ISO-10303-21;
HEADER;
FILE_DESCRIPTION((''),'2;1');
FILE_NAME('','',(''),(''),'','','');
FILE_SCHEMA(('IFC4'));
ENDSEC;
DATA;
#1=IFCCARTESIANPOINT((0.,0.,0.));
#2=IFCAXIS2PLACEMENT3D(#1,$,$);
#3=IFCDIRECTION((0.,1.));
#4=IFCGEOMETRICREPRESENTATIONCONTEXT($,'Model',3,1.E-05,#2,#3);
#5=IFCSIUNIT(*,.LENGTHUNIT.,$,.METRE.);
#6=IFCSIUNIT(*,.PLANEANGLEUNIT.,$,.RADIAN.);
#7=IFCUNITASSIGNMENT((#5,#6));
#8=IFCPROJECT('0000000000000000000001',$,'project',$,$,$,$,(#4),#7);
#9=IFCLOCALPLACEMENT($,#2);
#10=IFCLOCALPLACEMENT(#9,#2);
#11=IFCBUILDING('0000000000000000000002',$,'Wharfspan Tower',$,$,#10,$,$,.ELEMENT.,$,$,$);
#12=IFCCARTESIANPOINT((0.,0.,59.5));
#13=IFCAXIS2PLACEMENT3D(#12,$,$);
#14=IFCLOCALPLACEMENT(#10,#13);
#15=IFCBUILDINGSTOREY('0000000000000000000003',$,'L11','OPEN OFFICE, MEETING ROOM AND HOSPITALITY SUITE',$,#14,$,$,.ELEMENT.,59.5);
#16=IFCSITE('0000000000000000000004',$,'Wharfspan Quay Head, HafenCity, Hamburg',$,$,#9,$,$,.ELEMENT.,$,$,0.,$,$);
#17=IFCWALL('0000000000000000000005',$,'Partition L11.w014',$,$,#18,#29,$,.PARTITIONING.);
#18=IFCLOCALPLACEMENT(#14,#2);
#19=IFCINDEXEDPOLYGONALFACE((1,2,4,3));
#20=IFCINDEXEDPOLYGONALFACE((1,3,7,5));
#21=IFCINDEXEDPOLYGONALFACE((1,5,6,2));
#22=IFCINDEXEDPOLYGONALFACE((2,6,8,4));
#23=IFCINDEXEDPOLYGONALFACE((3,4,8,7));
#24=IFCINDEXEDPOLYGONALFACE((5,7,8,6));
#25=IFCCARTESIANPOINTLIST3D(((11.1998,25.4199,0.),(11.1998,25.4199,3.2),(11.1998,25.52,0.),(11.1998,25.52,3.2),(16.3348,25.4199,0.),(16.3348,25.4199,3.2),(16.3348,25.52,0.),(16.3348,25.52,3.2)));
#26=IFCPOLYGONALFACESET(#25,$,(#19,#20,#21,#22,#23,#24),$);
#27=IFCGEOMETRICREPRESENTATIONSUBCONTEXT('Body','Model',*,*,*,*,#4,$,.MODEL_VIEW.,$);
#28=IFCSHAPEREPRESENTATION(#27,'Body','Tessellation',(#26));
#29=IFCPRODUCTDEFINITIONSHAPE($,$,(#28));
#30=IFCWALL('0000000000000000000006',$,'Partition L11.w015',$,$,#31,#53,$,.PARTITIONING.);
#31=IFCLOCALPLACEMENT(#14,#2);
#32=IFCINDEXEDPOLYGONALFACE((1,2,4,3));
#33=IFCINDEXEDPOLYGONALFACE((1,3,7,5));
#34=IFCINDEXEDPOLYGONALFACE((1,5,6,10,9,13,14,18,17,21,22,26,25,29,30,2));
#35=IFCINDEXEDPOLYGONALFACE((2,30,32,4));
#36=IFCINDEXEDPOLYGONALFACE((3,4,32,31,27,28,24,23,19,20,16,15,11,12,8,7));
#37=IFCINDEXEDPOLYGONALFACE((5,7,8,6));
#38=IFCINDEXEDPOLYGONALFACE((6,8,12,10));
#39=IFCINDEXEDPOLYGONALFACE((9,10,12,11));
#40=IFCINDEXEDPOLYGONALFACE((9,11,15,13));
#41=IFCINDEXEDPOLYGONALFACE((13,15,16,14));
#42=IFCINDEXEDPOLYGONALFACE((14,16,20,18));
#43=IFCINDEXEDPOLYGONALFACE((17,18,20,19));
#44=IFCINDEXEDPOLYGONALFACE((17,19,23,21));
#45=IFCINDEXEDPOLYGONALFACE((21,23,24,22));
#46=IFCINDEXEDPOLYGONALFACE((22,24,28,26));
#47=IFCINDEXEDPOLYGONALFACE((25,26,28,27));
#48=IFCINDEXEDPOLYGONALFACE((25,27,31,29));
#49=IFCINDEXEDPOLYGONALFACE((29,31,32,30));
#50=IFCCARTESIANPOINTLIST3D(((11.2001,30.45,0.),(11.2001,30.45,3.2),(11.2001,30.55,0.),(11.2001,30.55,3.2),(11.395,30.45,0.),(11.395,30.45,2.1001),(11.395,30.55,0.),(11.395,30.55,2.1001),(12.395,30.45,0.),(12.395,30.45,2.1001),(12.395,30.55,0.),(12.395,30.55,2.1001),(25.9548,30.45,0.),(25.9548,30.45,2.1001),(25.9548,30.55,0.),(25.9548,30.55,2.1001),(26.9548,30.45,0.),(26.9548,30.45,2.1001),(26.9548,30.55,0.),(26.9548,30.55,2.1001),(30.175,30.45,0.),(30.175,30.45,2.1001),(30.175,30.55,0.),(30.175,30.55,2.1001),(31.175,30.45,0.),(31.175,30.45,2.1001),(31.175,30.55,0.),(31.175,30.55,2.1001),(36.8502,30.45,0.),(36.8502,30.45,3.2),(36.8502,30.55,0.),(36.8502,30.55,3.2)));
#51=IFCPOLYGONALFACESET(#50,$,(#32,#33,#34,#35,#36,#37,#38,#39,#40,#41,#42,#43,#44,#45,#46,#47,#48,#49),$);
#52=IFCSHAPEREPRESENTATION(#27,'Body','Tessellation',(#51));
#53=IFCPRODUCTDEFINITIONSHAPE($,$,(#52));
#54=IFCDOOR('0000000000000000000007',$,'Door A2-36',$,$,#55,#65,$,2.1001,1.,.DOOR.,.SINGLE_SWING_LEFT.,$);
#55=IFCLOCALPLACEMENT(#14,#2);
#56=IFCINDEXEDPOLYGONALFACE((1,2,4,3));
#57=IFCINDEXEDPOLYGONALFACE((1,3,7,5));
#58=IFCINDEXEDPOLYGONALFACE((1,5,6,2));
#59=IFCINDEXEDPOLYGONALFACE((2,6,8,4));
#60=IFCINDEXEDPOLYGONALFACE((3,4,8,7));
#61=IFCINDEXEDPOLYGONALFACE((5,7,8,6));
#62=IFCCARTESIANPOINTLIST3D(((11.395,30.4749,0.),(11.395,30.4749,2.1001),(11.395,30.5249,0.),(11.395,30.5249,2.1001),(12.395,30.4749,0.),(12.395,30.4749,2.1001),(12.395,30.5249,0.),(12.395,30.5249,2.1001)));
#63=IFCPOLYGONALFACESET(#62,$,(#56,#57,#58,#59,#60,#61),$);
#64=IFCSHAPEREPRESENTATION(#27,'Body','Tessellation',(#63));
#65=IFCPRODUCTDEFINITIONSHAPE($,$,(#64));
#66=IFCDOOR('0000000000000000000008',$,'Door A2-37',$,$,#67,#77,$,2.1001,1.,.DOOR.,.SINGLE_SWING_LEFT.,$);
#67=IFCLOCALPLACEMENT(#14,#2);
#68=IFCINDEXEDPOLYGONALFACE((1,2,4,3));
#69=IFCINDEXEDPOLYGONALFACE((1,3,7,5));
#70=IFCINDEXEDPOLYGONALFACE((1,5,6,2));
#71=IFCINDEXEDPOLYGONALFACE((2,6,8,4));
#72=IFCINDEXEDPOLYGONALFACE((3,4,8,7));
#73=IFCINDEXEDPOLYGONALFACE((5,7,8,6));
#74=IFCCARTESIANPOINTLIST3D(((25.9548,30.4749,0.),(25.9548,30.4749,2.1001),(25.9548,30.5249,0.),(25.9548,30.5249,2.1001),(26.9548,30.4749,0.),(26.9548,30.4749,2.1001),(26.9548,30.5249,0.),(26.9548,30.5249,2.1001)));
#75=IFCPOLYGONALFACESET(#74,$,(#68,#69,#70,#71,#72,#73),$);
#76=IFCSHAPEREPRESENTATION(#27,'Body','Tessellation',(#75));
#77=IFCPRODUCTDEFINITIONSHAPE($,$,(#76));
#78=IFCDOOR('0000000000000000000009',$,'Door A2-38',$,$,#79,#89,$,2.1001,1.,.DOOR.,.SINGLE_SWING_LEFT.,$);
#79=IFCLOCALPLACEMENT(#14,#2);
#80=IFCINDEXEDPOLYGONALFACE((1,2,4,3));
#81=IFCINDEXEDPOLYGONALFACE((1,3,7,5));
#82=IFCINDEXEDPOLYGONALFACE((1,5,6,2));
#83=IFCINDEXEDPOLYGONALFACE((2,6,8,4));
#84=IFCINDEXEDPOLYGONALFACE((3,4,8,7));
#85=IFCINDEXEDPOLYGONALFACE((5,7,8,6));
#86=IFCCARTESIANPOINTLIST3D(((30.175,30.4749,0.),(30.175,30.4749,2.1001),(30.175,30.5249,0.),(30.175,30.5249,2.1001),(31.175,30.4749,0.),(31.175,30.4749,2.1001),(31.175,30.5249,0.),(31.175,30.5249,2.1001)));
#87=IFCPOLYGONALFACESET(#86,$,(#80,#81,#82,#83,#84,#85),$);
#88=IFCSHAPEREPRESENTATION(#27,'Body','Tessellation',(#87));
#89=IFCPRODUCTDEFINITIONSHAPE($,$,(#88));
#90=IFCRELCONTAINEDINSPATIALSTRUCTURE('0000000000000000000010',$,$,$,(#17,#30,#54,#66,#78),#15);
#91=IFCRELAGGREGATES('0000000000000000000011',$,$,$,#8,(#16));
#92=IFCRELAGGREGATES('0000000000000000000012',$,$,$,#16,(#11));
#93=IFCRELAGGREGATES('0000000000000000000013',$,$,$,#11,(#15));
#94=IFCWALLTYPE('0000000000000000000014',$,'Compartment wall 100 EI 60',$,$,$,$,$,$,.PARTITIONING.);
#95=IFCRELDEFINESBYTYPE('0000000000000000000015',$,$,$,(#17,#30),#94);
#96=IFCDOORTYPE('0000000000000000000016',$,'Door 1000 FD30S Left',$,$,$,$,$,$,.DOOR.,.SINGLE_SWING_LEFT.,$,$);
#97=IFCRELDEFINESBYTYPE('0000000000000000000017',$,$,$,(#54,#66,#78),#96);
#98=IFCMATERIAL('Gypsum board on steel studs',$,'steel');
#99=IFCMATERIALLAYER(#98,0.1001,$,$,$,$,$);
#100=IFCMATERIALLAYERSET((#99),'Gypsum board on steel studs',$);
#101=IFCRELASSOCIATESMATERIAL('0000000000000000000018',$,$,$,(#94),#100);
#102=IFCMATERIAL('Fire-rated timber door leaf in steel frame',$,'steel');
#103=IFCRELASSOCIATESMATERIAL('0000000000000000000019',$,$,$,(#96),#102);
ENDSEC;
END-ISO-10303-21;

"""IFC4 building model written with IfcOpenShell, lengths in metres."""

from ifc_helpers import new_model, si_unit, direction, frame, frame_2d, origin, place, context, subcontext, project, spatial, rectangle, extrude, material, layer, layer_set, type_object, element, fill, save


model = new_model("IFC4")

# Units and contexts
model_context = context("Model", 3, precision=1e-05, world=origin(), true_north=direction((0.0, 1.0)))
body_context = subcontext(model_context, "Body", "Model", "MODEL_VIEW")
ifc_project = project(units=[si_unit("LENGTHUNIT", "METRE"), si_unit("PLANEANGLEUNIT", "RADIAN")], contexts=[model_context])

# Site, building, storey
site_placement = place(None, origin())
site = spatial("IfcSite", under=ifc_project, at=site_placement, Name="Wharfspan Quay Head, HafenCity, Hamburg", CompositionType="ELEMENT", RefElevation=0.0)
building_placement = place(site_placement, origin())
building = spatial("IfcBuilding", under=site, at=building_placement, Name="Wharfspan Tower", CompositionType="ELEMENT")
storey_placement = place(building_placement, frame((0.0, 0.0, 59.5)))
storey = spatial("IfcBuildingStorey", under=building, at=storey_placement, Name="L11", Description="OPEN OFFICE, MEETING ROOM AND HOSPITALITY SUITE", CompositionType="ELEMENT", Elevation=59.5)

# Wall
ifc_material_1 = material(Name="Gypsum board on steel studs", Category="steel")
ifc_layer = layer(ifc_material_1, 0.1001)
ifc_layer_set = layer_set([ifc_layer], Name="Gypsum board on steel studs")
wall_type = type_object("IfcWallType", Name="Compartment wall 100 EI 60", PredefinedType="PARTITIONING", material=ifc_layer_set)
wall_1_placement = place(storey_placement, frame((11.2, 25.47, 0.0), z_axis=(0.0, 0.0, 1.0), x_axis=(1.0, 0.0, 0.0)))
element("IfcWall", 1, at=wall_1_placement, inside=storey, type_object=wall_type, Name="Partition L11.w014", PredefinedType="PARTITIONING", context=body_context, shape_type="SweptSolid", body=[
    extrude(rectangle(XDim=5.135, YDim=0.1001, at=frame_2d((2.5674, 0.0))), origin(), (0.0, 0.0, 1.0), 3.2),
])

# Wall, openings, doors
wall_2_placement = place(storey_placement, frame((11.2, 30.5, 0.0), z_axis=(0.0, 0.0, 1.0), x_axis=(1.0, 0.0, 0.0)))
wall_2 = element("IfcWall", 2, at=wall_2_placement, inside=storey, type_object=wall_type, Name="Partition L11.w015", PredefinedType="PARTITIONING", context=body_context, shape_type="SweptSolid", body=[
    extrude(rectangle(XDim=25.6501, YDim=0.1001, at=frame_2d((12.8252, 0.0))), origin(), (0.0, 0.0, 1.0), 3.2),
])
opening_1_placement = place(wall_2_placement, frame((0.1951, 0.0, 0.0)))
opening_1 = element("IfcOpeningElement", 3, at=opening_1_placement, cuts=wall_2, PredefinedType="OPENING", context=body_context, shape_type="SweptSolid", body=[
    extrude(rectangle(XDim=1.0, YDim=2.1001, at=frame_2d((0.5, 1.05))), frame((0.0, 0.0601, 0.0), z_axis=(0.0, -1.0, 0.0), x_axis=(1.0, 0.0, 0.0)), (0.0, 0.0, 1.0), 0.1201),
])
opening_2_placement = place(wall_2_placement, frame((14.7549, 0.0, 0.0)))
opening_2 = element("IfcOpeningElement", 4, at=opening_2_placement, cuts=wall_2, PredefinedType="OPENING", context=body_context, shape_type="SweptSolid", body=[
    extrude(rectangle(XDim=1.0, YDim=2.1001, at=frame_2d((0.5, 1.05))), frame((0.0, 0.0601, 0.0), z_axis=(0.0, -1.0, 0.0), x_axis=(1.0, 0.0, 0.0)), (0.0, 0.0, 1.0), 0.1201),
])
opening_3_placement = place(wall_2_placement, frame((18.9751, 0.0, 0.0)))
opening_3 = element("IfcOpeningElement", 5, at=opening_3_placement, cuts=wall_2, PredefinedType="OPENING", context=body_context, shape_type="SweptSolid", body=[
    extrude(rectangle(XDim=1.0, YDim=2.1001, at=frame_2d((0.5, 1.05))), frame((0.0, 0.0601, 0.0), z_axis=(0.0, -1.0, 0.0), x_axis=(1.0, 0.0, 0.0)), (0.0, 0.0, 1.0), 0.1201),
])
ifc_material_2 = material(Name="Fire-rated timber door leaf in steel frame", Category="steel")
door_type = type_object("IfcDoorType", Name="Door 1000 FD30S Left", OperationType="SINGLE_SWING_LEFT", PredefinedType="DOOR", material=ifc_material_2)
door_1_placement = place(opening_1_placement, origin())
door_1 = element("IfcDoor", 6, at=door_1_placement, inside=storey, type_object=door_type, Name="Door A2-36", OperationType="SINGLE_SWING_LEFT", OverallHeight=2.1001, OverallWidth=1.0, PredefinedType="DOOR", context=body_context, shape_type="SweptSolid", body=[
    extrude(rectangle(XDim=1.0, YDim=2.1001, at=frame_2d((0.5, 1.05))), frame((0.0, 0.0249, 0.0), z_axis=(0.0, -1.0, 0.0), x_axis=(1.0, 0.0, 0.0)), (0.0, 0.0, 1.0), 0.05),
])
fill(opening_1, door_1)
door_2_placement = place(opening_2_placement, origin())
door_2 = element("IfcDoor", 7, at=door_2_placement, inside=storey, type_object=door_type, Name="Door A2-37", OperationType="SINGLE_SWING_LEFT", OverallHeight=2.1001, OverallWidth=1.0, PredefinedType="DOOR", context=body_context, shape_type="SweptSolid", body=[
    extrude(rectangle(XDim=1.0, YDim=2.1001, at=frame_2d((0.5, 1.05))), frame((0.0, 0.0249, 0.0), z_axis=(0.0, -1.0, 0.0), x_axis=(1.0, 0.0, 0.0)), (0.0, 0.0, 1.0), 0.05),
])
fill(opening_2, door_2)
door_3_placement = place(opening_3_placement, origin())
door_3 = element("IfcDoor", 8, at=door_3_placement, inside=storey, type_object=door_type, Name="Door A2-38", OperationType="SINGLE_SWING_LEFT", OverallHeight=2.1001, OverallWidth=1.0, PredefinedType="DOOR", context=body_context, shape_type="SweptSolid", body=[
    extrude(rectangle(XDim=1.0, YDim=2.1001, at=frame_2d((0.5, 1.05))), frame((0.0, 0.0249, 0.0), z_axis=(0.0, -1.0, 0.0), x_axis=(1.0, 0.0, 0.0)), (0.0, 0.0, 1.0), 0.05),
])
fill(opening_3, door_3)

save(model, "model.ifc")
